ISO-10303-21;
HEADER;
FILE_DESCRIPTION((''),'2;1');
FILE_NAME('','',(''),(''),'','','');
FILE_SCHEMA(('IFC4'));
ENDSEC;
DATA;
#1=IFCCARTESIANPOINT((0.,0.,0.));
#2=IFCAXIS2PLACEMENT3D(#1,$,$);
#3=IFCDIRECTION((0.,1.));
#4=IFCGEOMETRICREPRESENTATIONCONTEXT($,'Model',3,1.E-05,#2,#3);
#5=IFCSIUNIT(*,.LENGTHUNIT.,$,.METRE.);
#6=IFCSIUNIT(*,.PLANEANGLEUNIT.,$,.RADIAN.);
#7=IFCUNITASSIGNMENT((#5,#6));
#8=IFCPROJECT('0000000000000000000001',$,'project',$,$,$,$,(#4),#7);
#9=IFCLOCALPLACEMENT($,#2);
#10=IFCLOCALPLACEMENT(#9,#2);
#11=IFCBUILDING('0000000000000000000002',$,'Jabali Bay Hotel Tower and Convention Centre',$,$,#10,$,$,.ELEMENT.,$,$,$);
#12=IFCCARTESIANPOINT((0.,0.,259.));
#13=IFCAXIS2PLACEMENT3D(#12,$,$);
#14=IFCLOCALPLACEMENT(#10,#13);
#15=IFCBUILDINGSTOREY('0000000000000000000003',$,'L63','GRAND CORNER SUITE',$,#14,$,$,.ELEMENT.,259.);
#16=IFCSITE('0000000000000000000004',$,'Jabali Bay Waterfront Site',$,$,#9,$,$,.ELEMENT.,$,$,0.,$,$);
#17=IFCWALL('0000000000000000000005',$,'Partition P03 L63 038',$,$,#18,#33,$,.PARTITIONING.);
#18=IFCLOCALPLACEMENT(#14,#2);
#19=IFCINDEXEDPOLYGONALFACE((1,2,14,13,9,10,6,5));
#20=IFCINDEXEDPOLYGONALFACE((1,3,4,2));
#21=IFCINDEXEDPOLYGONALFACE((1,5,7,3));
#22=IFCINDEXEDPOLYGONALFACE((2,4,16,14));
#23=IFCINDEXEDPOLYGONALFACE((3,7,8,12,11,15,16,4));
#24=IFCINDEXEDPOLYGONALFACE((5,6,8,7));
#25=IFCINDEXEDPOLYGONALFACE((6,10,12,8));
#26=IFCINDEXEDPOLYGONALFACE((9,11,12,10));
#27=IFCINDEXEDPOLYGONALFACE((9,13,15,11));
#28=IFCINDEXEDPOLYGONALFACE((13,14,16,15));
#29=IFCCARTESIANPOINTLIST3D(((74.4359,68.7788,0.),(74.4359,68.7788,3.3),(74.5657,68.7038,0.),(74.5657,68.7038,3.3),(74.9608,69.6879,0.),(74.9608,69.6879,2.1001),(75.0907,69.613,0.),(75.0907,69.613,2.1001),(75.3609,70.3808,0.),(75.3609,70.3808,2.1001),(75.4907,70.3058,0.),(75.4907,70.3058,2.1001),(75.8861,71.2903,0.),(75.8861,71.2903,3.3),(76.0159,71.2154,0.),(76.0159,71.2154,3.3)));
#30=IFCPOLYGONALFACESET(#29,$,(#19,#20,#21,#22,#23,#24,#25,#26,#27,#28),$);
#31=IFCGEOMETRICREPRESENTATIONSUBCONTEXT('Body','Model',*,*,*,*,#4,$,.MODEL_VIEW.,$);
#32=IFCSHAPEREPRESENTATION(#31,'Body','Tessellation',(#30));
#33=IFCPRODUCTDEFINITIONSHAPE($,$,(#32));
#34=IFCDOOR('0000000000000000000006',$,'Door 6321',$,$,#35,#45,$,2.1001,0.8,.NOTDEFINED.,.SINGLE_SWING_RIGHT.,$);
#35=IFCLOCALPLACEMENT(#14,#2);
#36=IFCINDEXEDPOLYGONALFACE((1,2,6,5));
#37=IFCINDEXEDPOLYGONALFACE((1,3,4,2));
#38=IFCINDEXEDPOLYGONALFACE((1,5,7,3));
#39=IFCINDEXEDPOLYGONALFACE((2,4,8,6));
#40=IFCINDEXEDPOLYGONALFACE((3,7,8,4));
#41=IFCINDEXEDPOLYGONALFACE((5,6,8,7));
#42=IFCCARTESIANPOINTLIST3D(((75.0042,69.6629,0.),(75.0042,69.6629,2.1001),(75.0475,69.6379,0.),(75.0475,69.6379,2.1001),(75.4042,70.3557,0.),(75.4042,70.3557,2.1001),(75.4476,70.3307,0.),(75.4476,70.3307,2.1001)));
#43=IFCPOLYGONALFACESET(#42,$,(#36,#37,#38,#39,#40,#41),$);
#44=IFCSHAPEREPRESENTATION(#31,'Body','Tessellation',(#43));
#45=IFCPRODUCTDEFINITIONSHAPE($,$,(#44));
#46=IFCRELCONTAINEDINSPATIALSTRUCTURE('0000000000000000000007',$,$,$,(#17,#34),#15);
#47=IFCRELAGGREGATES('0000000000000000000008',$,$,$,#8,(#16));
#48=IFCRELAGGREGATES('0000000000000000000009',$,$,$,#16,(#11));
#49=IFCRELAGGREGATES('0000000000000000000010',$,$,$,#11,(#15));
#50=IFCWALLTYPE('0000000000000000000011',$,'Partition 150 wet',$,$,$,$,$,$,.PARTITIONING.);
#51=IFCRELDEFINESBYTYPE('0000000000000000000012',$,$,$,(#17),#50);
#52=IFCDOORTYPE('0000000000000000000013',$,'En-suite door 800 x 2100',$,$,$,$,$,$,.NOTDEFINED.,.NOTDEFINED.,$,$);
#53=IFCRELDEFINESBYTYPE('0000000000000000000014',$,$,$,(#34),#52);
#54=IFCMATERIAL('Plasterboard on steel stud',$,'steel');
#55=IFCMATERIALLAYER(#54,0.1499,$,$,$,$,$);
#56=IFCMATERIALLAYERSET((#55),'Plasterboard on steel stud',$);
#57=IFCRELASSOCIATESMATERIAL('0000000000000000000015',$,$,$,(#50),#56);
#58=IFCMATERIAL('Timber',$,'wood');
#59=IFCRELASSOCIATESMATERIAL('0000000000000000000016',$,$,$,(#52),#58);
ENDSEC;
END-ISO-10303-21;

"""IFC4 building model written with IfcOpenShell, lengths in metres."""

from ifc_helpers import new_model, si_unit, direction, frame, frame_2d, origin, place, context, subcontext, project, spatial, rectangle, extrude, material, layer, layer_set, type_object, element, fill, save


model = new_model("IFC4")

# Units and contexts
model_context = context("Model", 3, precision=1e-05, world=origin(), true_north=direction((0.0, 1.0)))
body_context = subcontext(model_context, "Body", "Model", "MODEL_VIEW")
ifc_project = project(units=[si_unit("LENGTHUNIT", "METRE"), si_unit("PLANEANGLEUNIT", "RADIAN")], contexts=[model_context])

# Site, building, storey
site_placement = place(None, origin())
site = spatial("IfcSite", under=ifc_project, at=site_placement, Name="Jabali Bay Waterfront Site", CompositionType="ELEMENT", RefElevation=0.0)
building_placement = place(site_placement, origin())
building = spatial("IfcBuilding", under=site, at=building_placement, Name="Jabali Bay Hotel Tower and Convention Centre", CompositionType="ELEMENT")
storey_placement = place(building_placement, frame((0.0, 0.0, 259.0)))
storey = spatial("IfcBuildingStorey", under=building, at=storey_placement, Name="L63", Description="GRAND CORNER SUITE", CompositionType="ELEMENT", Elevation=259.0)

# Shared definitions
ifc_material_1 = material(Name="Plasterboard on steel stud", Category="steel")
ifc_layer_1 = layer(ifc_material_1, 0.1499)
ifc_layer_set_1 = layer_set([ifc_layer_1], Name="Plasterboard on steel stud")
wall_type_1 = type_object("IfcWallType", Name="Partition 150 wet", PredefinedType="PARTITIONING", material=ifc_layer_set_1)
ifc_material_2 = material(Name="Timber", Category="wood")
door_type = type_object("IfcDoorType", Name="En-suite door 800 x 2100", OperationType="NOTDEFINED", PredefinedType="NOTDEFINED", material=ifc_material_2)

# Wall, opening, door
wall_1_placement = place(storey_placement, frame((74.5007, 68.7412, 0.0), z_axis=(0.0, 0.0, 1.0), x_axis=(0.50005, 0.865996, 0.0)))
wall_1 = element("IfcWall", 1, at=wall_1_placement, inside=storey, type_object=wall_type_1, Name="Partition P03 L63 038", PredefinedType="PARTITIONING", context=body_context, shape_type="SweptSolid", body=[
    extrude(rectangle(XDim=2.9001, YDim=0.1499, at=frame_2d((1.4502, 0.0))), origin(), (0.0, 0.0, 1.0), 3.3),
])
opening_1_placement = place(wall_1_placement, frame((1.05, 0.0, 0.0)))
opening_1 = element("IfcOpeningElement", 2, at=opening_1_placement, cuts=wall_1, PredefinedType="OPENING", context=body_context, shape_type="SweptSolid", body=[
    extrude(rectangle(XDim=0.8, YDim=2.1001, at=frame_2d((0.3999, 1.05))), frame((0.0, 0.0854, 0.0), z_axis=(0.0, -1.0, 0.0), x_axis=(1.0, 0.0, 0.0)), (0.0, 0.0, 1.0), 0.1709),
])
door_1_placement = place(opening_1_placement, origin())
door_1 = element("IfcDoor", 3, at=door_1_placement, inside=storey, type_object=door_type, Name="Door 6321", OperationType="SINGLE_SWING_RIGHT", OverallHeight=2.1001, OverallWidth=0.8, PredefinedType="NOTDEFINED", context=body_context, shape_type="SweptSolid", body=[
    extrude(rectangle(XDim=0.8, YDim=2.1001, at=frame_2d((0.3999, 1.05))), frame((0.0, 0.0249, 0.0), z_axis=(0.0, -1.0, 0.0), x_axis=(1.0, 0.0, 0.0)), (0.0, 0.0, 1.0), 0.05),
])
fill(opening_1, door_1)

save(model, "model.ifc")
